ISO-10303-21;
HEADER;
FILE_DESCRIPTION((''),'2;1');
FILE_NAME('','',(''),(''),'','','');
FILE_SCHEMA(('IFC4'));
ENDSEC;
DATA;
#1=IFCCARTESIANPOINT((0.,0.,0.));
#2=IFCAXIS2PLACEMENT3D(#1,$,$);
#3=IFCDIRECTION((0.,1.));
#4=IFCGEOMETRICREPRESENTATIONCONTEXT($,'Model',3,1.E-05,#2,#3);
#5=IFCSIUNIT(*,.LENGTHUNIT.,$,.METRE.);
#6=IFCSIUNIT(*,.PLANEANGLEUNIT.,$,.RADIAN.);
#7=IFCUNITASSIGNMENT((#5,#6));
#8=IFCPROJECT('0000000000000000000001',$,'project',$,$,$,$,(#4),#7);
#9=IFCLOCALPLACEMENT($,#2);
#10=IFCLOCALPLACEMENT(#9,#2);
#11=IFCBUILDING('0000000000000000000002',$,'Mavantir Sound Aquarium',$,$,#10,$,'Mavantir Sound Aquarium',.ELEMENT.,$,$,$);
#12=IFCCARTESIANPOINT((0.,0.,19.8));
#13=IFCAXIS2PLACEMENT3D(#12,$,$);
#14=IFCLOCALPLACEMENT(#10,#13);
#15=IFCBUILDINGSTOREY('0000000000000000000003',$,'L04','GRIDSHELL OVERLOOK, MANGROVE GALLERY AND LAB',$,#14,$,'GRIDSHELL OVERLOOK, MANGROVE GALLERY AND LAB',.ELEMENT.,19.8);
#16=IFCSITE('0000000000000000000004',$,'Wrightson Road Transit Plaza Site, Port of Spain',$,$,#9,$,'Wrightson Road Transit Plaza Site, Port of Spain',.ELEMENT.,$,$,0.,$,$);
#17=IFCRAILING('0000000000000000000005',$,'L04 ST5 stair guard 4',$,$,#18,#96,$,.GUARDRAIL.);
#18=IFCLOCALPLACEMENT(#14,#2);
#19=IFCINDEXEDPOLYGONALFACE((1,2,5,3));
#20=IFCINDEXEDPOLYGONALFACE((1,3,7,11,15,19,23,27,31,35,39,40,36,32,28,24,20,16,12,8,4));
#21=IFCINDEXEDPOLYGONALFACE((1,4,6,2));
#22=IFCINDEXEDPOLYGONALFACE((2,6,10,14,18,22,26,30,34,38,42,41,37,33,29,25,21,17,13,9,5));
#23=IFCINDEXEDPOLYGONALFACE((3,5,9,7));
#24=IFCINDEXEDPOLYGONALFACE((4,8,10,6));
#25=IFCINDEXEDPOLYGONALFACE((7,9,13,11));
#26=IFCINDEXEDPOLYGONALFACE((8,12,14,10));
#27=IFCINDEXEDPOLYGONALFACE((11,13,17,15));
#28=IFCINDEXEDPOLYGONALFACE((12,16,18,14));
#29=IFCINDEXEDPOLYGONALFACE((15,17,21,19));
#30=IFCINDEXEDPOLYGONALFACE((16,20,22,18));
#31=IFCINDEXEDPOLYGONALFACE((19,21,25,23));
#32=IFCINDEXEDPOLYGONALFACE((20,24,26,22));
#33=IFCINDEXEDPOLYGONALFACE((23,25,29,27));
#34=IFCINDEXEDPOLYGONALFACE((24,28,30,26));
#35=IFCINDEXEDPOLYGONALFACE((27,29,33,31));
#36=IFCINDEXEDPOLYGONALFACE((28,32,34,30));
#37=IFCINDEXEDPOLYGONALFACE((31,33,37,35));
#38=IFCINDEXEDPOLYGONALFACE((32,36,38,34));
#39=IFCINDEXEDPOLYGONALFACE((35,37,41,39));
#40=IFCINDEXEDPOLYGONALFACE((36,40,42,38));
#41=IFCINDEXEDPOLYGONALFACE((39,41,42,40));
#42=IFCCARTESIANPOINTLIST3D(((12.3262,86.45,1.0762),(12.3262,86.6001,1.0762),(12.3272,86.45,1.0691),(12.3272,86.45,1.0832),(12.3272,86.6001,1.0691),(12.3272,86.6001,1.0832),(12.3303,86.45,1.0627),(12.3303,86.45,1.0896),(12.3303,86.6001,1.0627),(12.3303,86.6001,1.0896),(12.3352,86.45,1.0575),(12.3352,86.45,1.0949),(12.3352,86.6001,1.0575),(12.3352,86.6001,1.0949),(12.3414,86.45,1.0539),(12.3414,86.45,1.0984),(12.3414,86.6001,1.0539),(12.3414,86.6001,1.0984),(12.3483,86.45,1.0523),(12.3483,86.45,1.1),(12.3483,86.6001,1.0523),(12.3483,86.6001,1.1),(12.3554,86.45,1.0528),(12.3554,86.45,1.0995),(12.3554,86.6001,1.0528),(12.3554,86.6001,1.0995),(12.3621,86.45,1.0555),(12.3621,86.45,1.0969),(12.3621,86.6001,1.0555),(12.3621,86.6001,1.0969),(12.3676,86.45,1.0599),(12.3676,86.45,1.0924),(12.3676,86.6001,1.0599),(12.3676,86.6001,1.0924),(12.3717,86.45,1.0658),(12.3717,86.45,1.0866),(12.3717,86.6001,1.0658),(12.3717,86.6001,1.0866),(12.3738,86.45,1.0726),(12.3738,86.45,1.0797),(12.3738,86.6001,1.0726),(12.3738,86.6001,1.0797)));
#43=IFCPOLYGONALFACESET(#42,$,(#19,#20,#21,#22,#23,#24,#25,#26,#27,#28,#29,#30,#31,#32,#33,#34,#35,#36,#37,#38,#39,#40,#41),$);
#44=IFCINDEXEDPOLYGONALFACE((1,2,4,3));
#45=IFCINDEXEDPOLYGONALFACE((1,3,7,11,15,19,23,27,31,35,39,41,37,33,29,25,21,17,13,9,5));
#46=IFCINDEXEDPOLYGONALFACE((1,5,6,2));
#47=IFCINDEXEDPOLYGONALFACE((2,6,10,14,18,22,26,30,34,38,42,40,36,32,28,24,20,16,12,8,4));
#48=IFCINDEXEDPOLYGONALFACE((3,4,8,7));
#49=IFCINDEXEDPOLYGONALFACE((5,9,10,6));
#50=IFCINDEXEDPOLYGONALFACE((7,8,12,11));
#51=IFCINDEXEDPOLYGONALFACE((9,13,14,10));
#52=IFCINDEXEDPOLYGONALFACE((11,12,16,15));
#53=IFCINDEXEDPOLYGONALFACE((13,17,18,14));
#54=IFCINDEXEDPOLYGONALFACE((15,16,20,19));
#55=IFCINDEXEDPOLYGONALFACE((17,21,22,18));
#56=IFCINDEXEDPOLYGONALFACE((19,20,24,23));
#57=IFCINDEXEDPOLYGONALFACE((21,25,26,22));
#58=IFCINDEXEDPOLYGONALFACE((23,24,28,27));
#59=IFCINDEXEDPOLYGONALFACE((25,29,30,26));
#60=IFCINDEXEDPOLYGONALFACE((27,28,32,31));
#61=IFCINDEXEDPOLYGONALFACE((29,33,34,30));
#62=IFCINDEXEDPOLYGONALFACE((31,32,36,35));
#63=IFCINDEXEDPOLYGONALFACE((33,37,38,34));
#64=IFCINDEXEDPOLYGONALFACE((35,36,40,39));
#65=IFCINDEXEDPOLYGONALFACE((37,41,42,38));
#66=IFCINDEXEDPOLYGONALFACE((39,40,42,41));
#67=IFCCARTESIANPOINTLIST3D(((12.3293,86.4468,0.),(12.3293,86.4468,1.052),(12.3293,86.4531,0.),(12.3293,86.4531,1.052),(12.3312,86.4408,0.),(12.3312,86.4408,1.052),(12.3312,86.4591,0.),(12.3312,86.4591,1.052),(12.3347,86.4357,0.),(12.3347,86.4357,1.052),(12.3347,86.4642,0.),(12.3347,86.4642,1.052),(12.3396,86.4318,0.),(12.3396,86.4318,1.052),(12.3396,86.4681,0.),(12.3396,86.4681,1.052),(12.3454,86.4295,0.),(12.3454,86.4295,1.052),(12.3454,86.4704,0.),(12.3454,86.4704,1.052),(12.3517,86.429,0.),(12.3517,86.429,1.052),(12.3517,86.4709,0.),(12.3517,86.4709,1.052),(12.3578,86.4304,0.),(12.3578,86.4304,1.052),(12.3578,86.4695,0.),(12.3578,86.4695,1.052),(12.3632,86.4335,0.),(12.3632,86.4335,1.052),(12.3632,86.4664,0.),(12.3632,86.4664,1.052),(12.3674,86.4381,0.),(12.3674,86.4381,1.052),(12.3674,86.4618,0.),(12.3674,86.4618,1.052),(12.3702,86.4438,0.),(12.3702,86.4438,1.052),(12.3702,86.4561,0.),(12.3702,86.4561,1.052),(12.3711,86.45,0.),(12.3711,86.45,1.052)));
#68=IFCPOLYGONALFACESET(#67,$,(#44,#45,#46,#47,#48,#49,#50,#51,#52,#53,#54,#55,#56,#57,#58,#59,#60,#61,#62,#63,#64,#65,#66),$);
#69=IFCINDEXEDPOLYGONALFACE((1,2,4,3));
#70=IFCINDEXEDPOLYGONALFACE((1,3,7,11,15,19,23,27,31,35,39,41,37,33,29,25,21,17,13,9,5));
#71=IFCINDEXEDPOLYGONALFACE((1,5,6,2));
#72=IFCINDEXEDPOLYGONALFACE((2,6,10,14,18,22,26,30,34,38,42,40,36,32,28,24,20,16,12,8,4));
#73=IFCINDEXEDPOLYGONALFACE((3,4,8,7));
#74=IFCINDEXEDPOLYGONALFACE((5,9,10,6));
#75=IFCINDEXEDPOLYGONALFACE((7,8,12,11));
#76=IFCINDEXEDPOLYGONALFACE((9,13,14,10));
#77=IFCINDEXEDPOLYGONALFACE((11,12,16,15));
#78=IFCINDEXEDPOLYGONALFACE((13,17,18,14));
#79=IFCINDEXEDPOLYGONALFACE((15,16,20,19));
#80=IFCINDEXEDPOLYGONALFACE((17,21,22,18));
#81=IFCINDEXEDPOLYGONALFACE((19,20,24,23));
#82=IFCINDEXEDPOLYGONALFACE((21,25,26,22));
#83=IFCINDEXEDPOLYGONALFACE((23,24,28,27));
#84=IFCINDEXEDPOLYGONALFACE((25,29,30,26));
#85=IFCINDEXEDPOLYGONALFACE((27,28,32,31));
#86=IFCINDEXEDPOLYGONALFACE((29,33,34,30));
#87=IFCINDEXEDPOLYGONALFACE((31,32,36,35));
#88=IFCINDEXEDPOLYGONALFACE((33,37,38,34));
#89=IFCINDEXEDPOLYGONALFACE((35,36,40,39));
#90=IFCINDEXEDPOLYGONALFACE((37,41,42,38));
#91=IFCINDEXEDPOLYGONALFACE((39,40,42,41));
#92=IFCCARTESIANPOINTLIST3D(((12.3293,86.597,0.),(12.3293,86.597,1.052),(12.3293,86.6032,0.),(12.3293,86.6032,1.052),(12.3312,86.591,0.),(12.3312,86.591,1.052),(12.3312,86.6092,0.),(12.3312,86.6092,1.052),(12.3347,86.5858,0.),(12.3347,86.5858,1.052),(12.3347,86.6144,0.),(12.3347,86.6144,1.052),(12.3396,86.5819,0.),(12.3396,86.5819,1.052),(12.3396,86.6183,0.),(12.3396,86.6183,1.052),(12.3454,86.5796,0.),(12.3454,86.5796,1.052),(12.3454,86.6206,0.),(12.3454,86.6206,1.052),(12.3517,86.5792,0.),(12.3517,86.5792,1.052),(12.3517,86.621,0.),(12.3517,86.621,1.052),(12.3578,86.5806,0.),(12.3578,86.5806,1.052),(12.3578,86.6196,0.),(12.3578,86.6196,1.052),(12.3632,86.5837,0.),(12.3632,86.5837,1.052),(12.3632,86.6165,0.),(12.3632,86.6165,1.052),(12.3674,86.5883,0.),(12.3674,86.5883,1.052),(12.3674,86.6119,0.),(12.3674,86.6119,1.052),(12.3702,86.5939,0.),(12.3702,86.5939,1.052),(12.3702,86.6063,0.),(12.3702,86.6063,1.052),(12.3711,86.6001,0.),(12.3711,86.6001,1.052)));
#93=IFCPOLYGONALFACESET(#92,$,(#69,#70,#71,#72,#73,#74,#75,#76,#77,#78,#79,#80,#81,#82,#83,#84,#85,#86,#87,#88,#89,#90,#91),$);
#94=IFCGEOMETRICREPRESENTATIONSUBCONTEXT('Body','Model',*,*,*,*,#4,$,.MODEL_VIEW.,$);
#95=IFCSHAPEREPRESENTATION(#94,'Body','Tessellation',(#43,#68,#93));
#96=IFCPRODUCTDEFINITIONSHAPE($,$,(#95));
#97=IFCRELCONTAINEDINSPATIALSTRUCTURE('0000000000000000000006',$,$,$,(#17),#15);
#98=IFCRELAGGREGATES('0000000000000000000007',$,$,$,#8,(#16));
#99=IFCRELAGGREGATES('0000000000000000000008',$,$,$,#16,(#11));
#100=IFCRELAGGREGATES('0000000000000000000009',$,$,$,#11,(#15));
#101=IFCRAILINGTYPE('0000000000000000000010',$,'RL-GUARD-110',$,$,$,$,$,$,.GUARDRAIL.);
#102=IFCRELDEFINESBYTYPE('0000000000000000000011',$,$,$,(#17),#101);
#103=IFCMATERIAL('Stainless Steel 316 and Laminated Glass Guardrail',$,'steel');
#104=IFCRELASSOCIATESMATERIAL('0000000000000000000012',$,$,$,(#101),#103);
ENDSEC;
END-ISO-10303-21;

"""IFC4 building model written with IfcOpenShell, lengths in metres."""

from ifc_helpers import new_model, si_unit, direction, frame, origin, origin_2d, place, context, subcontext, project, spatial, circle, extrude, material, type_object, element, save


model = new_model("IFC4")

# Units and contexts
model_context = context("Model", 3, precision=1e-05, world=origin(), true_north=direction((0.0, 1.0)))
body_context = subcontext(model_context, "Body", "Model", "MODEL_VIEW")
ifc_project = project(units=[si_unit("LENGTHUNIT", "METRE"), si_unit("PLANEANGLEUNIT", "RADIAN")], contexts=[model_context])

# Site, building, storey
site_placement = place(None, origin())
site = spatial("IfcSite", under=ifc_project, at=site_placement, Name="Wrightson Road Transit Plaza Site, Port of Spain", LongName="Wrightson Road Transit Plaza Site, Port of Spain", CompositionType="ELEMENT", RefElevation=0.0)
building_placement = place(site_placement, origin())
building = spatial("IfcBuilding", under=site, at=building_placement, Name="Mavantir Sound Aquarium", LongName="Mavantir Sound Aquarium", CompositionType="ELEMENT")
storey_placement = place(building_placement, frame((0.0, 0.0, 19.8)))
storey = spatial("IfcBuildingStorey", under=building, at=storey_placement, Name="L04", Description="GRIDSHELL OVERLOOK, MANGROVE GALLERY AND LAB", LongName="GRIDSHELL OVERLOOK, MANGROVE GALLERY AND LAB", CompositionType="ELEMENT", Elevation=19.8)

# Railing
ifc_material_1 = material(Name="Stainless Steel 316 and Laminated Glass Guardrail", Category="steel")
railing_type = type_object("IfcRailingType", Name="RL-GUARD-110", PredefinedType="GUARDRAIL", material=ifc_material_1)
railing_1_placement = place(storey_placement, frame((12.3501, 86.45, 0.0)))
element("IfcRailing", 1, at=railing_1_placement, inside=storey, type_object=railing_type, Name="L04 ST5 stair guard 4", PredefinedType="GUARDRAIL", context=body_context, shape_type="SweptSolid", body=[
    extrude(circle(Radius=0.0239, at=origin_2d()), frame((0.0, 0.0, 1.0762), z_axis=(0.0, 1.0, 0.0), x_axis=(-1.0, 0.0, 0.0)), (0.0, 0.0, 1.0), 0.1501),
    extrude(circle(Radius=0.021, at=origin_2d()), origin(), (0.0, 0.0, 1.0), 1.052),
    extrude(circle(Radius=0.021, at=origin_2d()), frame((0.0, 0.1501, 0.0)), (0.0, 0.0, 1.0), 1.052),
])

save(model, "model.ifc")
